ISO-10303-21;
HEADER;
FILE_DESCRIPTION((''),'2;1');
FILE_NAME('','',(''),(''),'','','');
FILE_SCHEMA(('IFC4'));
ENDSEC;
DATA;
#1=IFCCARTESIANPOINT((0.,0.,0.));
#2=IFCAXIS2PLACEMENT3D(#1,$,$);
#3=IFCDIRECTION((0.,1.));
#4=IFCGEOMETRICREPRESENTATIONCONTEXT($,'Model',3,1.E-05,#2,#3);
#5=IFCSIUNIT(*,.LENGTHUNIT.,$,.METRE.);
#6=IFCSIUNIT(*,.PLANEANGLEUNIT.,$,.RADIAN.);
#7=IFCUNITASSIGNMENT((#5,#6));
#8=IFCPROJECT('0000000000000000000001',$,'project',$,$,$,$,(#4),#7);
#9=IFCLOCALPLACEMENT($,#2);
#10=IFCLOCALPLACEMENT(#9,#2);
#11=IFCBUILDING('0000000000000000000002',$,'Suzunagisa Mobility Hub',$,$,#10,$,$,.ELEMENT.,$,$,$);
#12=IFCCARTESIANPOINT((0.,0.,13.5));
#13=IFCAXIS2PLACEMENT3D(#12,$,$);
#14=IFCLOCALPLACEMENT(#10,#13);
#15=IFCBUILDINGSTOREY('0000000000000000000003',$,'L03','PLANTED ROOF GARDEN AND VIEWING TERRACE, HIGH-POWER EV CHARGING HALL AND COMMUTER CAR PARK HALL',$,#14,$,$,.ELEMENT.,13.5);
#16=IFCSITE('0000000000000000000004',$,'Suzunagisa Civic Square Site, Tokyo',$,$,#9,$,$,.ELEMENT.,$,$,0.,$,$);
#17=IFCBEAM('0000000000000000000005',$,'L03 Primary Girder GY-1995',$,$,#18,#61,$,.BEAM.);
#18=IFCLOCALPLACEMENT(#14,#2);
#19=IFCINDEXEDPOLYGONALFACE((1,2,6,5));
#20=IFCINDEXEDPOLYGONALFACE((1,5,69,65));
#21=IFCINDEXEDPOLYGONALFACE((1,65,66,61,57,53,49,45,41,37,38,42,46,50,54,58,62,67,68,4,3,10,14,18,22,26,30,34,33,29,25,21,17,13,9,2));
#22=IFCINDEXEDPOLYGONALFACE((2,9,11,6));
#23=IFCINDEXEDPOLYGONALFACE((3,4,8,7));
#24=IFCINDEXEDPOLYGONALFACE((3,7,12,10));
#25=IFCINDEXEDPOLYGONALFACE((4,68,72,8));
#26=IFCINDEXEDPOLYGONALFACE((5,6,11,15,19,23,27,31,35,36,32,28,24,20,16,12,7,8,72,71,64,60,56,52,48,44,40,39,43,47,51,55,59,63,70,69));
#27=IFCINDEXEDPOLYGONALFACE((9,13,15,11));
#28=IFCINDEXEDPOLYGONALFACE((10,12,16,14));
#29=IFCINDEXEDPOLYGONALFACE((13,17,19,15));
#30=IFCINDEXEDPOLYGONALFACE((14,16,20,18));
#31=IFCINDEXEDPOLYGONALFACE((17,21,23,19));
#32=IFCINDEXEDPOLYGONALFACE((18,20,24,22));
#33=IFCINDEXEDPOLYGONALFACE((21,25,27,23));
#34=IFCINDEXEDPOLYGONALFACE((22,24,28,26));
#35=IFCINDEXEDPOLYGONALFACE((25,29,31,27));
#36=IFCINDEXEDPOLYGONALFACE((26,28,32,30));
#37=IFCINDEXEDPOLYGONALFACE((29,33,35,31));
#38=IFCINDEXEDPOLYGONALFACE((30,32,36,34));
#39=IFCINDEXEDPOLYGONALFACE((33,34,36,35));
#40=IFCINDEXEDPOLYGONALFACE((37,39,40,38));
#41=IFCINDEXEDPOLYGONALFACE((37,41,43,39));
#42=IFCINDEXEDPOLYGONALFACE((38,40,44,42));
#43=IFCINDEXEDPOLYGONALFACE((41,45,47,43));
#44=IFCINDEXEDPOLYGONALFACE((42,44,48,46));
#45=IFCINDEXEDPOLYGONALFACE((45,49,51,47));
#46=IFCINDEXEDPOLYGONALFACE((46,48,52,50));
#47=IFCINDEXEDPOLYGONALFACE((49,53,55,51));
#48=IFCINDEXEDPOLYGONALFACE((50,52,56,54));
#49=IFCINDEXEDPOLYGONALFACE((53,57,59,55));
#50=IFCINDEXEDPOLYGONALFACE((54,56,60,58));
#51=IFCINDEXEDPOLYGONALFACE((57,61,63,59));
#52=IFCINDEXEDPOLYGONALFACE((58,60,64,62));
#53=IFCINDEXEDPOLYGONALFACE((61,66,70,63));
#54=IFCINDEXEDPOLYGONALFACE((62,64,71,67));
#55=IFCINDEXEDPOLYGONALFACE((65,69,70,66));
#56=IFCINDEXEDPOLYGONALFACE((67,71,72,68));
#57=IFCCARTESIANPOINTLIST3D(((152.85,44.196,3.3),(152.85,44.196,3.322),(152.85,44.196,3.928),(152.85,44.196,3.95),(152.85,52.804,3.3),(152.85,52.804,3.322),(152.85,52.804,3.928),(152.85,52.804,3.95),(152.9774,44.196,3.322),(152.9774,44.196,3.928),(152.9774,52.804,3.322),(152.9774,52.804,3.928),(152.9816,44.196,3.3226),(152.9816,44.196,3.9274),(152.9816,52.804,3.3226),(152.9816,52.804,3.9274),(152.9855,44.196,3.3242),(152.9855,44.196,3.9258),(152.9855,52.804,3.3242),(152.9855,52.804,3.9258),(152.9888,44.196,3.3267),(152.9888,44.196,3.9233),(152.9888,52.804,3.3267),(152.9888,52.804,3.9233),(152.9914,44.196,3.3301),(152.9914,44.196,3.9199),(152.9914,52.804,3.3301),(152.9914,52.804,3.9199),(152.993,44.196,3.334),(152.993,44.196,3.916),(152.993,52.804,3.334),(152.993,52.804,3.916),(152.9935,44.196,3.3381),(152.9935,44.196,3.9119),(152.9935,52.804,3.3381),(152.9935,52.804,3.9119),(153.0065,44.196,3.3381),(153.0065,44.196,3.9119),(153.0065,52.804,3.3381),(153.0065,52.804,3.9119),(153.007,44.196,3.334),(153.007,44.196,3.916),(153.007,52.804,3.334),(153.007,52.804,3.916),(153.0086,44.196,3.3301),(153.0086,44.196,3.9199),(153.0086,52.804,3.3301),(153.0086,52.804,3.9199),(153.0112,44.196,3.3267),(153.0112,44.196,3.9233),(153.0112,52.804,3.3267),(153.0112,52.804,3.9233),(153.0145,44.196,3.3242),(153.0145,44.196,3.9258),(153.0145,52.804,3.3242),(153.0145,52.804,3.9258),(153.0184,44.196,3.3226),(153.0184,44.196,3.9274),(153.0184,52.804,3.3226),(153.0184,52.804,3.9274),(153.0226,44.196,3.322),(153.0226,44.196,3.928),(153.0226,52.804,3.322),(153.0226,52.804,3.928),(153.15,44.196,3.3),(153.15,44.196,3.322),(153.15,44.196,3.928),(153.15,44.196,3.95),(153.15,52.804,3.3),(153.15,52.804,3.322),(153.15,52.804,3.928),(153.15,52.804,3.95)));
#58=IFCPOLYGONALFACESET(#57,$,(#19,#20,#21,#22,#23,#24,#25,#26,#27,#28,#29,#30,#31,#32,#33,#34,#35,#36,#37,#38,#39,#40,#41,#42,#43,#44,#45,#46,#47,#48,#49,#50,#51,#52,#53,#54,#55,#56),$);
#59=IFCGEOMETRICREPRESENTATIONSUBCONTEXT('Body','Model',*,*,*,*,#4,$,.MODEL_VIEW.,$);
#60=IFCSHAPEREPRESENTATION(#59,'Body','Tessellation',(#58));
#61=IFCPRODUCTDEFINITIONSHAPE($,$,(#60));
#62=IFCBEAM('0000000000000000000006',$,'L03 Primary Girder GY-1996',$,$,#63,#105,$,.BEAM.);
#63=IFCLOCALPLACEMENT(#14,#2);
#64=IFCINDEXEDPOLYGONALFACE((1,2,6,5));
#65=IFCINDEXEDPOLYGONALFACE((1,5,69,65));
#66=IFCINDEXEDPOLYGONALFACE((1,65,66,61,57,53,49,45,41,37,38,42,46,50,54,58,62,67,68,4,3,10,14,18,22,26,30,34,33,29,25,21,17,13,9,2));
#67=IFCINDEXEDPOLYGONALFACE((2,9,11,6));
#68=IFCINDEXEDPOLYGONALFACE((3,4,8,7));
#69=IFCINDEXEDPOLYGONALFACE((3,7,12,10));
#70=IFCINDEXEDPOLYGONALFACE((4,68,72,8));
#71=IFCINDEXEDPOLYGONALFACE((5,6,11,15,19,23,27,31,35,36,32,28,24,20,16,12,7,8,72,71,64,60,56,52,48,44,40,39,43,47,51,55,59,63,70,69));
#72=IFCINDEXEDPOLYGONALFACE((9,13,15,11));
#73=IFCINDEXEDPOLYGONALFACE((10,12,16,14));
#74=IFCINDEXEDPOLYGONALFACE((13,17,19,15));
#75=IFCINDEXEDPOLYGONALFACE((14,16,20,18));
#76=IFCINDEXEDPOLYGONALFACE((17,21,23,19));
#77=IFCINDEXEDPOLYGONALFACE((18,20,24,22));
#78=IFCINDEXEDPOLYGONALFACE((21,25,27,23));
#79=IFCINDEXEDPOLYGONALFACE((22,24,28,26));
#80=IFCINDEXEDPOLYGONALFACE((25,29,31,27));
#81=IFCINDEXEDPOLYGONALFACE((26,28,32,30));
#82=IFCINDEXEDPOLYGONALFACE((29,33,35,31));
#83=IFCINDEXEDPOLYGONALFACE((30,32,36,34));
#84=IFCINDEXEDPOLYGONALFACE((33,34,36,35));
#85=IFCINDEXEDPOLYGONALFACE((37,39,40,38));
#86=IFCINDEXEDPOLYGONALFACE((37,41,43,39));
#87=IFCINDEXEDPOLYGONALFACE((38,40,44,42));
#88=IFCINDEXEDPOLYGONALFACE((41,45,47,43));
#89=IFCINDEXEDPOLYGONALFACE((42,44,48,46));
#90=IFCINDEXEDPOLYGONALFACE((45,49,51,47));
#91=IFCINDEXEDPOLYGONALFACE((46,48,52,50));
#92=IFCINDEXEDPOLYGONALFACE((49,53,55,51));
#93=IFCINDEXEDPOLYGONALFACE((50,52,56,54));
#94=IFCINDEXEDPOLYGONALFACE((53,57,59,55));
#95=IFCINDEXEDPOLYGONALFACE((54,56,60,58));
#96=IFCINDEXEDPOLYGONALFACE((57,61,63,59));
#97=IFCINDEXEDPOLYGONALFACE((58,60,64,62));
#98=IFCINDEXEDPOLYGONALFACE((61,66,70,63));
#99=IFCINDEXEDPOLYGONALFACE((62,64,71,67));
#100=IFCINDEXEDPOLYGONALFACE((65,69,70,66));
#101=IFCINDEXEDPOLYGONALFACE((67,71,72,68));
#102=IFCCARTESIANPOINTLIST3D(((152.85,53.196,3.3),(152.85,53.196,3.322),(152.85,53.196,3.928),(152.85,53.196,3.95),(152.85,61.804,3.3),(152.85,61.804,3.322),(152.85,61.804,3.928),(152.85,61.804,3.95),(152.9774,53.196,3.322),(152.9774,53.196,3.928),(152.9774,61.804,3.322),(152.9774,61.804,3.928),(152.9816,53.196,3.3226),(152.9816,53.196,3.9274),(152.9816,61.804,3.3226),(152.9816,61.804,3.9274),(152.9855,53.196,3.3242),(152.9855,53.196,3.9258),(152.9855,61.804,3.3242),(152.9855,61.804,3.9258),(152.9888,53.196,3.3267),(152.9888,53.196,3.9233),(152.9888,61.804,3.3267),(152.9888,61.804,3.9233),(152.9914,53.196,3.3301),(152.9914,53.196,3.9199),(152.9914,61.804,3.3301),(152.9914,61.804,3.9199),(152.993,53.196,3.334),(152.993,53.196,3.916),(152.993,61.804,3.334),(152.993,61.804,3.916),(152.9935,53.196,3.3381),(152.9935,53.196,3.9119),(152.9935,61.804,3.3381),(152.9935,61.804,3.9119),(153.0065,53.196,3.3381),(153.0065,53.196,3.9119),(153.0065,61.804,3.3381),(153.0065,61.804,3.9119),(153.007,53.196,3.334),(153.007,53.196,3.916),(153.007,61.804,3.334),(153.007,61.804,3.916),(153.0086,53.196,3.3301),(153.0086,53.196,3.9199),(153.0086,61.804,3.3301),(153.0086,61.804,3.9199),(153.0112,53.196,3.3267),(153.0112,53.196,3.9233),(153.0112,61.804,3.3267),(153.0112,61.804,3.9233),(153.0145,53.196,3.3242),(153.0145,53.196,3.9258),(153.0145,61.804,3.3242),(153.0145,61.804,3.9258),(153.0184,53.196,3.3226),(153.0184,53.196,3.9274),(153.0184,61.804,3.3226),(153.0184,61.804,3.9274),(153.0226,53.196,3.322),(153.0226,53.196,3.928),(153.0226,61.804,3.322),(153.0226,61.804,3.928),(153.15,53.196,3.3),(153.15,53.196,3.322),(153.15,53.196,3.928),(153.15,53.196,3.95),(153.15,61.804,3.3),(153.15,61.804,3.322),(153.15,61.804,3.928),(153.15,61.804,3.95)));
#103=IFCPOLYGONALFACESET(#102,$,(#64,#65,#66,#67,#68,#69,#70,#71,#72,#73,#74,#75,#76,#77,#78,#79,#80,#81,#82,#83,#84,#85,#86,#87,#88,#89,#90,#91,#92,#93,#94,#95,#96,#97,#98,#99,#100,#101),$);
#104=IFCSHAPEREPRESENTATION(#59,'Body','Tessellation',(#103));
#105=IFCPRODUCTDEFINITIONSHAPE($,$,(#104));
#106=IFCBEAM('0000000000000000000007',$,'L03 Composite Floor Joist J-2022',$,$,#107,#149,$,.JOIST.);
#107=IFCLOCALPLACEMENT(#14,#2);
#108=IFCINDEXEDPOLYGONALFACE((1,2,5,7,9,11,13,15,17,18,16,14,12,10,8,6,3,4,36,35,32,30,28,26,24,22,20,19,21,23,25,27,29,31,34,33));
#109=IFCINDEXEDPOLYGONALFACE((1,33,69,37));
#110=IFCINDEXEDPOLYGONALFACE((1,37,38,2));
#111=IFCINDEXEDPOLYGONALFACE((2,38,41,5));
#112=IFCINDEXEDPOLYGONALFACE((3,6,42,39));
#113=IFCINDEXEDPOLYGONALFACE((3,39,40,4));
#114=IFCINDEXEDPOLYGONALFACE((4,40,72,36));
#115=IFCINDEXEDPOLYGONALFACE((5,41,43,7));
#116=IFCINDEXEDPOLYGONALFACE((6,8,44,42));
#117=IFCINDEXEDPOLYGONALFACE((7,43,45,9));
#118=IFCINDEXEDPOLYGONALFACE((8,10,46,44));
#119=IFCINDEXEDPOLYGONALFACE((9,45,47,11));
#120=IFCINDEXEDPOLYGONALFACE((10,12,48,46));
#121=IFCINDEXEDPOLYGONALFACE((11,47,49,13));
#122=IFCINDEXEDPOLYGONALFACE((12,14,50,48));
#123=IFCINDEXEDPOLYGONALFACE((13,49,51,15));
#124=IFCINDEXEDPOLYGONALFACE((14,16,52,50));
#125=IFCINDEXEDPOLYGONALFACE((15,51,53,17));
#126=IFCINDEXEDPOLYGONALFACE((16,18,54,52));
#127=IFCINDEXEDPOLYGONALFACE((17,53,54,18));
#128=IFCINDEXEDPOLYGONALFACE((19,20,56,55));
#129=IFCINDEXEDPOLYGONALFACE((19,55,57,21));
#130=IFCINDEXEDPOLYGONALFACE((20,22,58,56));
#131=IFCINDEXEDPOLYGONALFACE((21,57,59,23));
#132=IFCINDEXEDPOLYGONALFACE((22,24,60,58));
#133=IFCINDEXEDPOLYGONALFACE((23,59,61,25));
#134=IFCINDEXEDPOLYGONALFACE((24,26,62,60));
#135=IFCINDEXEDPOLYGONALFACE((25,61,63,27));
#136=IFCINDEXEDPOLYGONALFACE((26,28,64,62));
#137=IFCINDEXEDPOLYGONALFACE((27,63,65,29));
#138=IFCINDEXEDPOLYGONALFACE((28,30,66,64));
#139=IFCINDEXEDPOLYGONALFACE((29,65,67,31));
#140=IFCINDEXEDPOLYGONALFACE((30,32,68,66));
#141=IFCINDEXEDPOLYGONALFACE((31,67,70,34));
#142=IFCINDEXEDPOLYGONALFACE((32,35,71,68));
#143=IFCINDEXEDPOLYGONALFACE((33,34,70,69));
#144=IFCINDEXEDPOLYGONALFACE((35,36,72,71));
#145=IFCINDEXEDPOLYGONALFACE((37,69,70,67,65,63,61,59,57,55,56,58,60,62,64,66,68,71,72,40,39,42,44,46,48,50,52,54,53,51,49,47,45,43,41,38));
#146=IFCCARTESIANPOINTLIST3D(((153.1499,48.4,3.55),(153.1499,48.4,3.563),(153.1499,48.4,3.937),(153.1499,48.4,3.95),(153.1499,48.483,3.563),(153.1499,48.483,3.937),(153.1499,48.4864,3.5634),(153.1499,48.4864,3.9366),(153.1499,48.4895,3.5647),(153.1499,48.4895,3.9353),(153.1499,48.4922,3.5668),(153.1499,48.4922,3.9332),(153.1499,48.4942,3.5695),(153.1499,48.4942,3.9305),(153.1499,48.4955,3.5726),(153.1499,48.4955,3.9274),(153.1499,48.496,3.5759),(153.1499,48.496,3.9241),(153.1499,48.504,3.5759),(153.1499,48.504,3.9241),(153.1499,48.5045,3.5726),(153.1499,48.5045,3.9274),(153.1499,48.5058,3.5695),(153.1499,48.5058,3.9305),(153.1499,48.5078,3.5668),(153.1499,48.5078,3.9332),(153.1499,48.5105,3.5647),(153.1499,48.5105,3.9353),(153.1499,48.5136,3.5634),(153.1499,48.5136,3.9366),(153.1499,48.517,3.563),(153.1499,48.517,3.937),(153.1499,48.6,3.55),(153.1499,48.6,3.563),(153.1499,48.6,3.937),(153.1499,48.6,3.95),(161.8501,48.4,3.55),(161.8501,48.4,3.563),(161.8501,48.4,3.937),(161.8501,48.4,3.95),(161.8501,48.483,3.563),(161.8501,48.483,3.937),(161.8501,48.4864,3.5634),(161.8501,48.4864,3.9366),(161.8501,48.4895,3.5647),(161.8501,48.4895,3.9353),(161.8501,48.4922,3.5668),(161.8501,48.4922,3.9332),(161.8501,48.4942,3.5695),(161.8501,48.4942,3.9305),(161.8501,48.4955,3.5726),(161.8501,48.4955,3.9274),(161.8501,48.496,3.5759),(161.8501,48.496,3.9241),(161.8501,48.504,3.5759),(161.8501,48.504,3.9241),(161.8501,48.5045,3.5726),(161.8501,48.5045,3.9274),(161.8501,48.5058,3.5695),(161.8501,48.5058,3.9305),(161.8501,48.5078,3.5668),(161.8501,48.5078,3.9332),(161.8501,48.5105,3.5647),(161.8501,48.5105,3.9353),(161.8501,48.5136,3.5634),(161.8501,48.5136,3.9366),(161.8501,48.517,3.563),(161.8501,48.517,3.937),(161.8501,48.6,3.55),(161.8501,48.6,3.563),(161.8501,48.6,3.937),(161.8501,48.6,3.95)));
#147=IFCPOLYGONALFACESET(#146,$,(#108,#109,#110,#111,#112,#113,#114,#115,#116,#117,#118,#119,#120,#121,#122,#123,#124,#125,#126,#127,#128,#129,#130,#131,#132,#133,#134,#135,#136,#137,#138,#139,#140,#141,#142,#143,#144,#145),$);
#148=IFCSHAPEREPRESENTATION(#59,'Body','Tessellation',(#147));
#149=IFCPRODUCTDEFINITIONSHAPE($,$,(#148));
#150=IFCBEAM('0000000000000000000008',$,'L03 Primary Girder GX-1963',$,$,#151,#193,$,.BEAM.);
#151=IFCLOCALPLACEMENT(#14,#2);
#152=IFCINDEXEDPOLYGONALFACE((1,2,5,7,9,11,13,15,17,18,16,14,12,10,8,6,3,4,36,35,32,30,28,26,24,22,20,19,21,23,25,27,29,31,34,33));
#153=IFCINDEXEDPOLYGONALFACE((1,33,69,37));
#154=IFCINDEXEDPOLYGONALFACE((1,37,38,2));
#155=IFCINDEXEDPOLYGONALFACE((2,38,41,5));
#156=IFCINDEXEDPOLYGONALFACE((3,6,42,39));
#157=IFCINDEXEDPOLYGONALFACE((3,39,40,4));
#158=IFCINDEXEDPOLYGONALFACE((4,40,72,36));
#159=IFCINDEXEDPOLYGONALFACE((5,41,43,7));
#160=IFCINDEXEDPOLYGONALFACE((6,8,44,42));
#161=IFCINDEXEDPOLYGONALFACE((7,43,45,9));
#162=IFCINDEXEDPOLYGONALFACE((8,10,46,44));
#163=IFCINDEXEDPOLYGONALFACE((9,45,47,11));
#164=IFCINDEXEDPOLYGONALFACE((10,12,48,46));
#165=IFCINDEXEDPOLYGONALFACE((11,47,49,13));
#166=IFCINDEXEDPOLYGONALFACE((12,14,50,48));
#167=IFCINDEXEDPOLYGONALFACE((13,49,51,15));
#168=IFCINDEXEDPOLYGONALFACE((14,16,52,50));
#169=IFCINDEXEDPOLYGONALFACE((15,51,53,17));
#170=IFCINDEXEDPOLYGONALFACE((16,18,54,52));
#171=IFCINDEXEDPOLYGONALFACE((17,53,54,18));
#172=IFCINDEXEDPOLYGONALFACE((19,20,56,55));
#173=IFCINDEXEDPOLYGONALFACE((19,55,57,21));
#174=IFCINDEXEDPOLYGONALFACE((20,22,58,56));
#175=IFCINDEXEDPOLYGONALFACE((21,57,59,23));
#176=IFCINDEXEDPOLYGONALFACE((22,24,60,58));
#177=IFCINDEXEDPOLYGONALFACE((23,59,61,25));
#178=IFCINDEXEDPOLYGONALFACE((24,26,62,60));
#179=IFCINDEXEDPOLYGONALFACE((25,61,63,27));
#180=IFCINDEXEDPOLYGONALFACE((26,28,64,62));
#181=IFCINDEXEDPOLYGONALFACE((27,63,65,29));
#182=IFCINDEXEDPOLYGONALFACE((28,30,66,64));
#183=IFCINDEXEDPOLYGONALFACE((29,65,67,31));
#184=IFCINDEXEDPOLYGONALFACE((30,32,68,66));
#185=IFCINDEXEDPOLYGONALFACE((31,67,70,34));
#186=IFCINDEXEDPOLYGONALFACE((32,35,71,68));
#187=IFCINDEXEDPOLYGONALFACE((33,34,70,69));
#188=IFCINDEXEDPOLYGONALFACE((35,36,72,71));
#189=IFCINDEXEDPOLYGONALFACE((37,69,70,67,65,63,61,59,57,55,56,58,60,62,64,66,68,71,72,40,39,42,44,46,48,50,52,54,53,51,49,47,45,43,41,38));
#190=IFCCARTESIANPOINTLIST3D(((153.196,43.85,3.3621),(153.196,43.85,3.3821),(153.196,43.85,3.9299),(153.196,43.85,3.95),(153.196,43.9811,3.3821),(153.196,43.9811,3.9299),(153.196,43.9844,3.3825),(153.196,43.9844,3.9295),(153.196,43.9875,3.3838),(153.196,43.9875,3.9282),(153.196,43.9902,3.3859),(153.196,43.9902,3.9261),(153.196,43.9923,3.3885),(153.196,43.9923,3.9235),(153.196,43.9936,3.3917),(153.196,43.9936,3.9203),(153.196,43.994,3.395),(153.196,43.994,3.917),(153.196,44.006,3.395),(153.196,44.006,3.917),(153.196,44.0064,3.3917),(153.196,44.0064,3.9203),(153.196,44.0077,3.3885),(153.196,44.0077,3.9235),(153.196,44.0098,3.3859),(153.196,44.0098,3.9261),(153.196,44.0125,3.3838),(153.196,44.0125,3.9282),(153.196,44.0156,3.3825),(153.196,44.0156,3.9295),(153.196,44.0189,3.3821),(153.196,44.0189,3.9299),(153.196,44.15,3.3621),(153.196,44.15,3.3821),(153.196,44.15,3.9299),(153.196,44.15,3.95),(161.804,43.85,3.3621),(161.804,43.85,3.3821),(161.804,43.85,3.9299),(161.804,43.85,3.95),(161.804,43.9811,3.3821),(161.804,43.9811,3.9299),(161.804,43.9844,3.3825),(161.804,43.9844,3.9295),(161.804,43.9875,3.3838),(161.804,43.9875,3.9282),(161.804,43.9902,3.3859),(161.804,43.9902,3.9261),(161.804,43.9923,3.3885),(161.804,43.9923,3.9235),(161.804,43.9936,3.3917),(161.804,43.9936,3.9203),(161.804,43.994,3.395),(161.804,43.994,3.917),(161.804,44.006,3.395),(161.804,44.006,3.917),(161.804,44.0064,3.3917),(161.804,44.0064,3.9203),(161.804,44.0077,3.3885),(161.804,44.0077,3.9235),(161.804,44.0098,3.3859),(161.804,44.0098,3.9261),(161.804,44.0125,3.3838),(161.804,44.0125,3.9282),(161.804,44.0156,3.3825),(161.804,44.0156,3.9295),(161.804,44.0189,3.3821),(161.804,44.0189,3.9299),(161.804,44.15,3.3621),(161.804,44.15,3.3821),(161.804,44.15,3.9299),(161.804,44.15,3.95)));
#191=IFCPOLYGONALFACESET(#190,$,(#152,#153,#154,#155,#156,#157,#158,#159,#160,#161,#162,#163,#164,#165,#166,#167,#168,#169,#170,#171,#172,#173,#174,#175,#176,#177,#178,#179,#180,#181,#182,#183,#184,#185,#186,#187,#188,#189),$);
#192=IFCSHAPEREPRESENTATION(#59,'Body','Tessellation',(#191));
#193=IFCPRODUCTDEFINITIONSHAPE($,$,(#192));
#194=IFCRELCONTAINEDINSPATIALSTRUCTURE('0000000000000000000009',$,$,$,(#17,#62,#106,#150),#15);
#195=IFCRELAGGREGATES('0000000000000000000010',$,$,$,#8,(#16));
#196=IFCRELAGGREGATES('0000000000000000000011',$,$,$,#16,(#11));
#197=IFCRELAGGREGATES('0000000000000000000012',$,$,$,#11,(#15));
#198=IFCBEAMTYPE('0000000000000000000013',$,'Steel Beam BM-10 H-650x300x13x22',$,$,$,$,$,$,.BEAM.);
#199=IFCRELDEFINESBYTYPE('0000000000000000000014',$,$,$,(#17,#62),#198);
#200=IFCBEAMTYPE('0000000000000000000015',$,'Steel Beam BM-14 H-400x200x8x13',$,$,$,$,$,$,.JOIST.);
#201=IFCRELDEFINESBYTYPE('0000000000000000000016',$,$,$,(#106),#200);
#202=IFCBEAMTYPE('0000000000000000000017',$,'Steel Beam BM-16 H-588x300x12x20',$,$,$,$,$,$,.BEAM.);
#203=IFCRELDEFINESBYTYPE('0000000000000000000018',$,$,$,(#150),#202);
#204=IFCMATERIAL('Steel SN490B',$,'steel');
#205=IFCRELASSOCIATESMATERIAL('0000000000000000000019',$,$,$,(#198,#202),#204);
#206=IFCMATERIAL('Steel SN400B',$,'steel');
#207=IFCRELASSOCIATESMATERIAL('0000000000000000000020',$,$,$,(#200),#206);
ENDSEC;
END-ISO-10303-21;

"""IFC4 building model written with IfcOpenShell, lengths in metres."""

from ifc_helpers import new_model, si_unit, direction, frame, origin, origin_2d, place, context, subcontext, project, spatial, i_section, extrude, material, material_profile, profile_set, type_object, element, save


model = new_model("IFC4")

# Units and contexts
model_context = context("Model", 3, precision=1e-05, world=origin(), true_north=direction((0.0, 1.0)))
body_context = subcontext(model_context, "Body", "Model", "MODEL_VIEW")
ifc_project = project(units=[si_unit("LENGTHUNIT", "METRE"), si_unit("PLANEANGLEUNIT", "RADIAN")], contexts=[model_context])

# Site, building, storey
site_placement = place(None, origin())
site = spatial("IfcSite", under=ifc_project, at=site_placement, Name="Suzunagisa Civic Square Site, Tokyo", CompositionType="ELEMENT", RefElevation=0.0)
building_placement = place(site_placement, origin())
building = spatial("IfcBuilding", under=site, at=building_placement, Name="Suzunagisa Mobility Hub", CompositionType="ELEMENT")
storey_placement = place(building_placement, frame((0.0, 0.0, 13.5)))
storey = spatial("IfcBuildingStorey", under=building, at=storey_placement, Name="L03", Description="PLANTED ROOF GARDEN AND VIEWING TERRACE, HIGH-POWER EV CHARGING HALL AND COMMUTER CAR PARK HALL", CompositionType="ELEMENT", Elevation=13.5)

# Shared definitions
ifc_material_1 = material(Name="Steel SN490B", Category="steel")

# Beams
ifc_material_profile_1 = material_profile(ifc_material_1, i_section(OverallWidth=0.3, OverallDepth=0.6499, WebThickness=0.0129, FlangeThickness=0.022, FilletRadius=0.0161, at=origin_2d()), Name="H-650x300x13x22")
ifc_profile_set_1 = profile_set([ifc_material_profile_1], Name="Steel SN490B")
beam_type_1 = type_object("IfcBeamType", Name="Steel Beam BM-10 H-650x300x13x22", PredefinedType="BEAM", material=ifc_profile_set_1)
for number, where, z_axis, x_axis, name in (
    (1, (153.0, 44.196, 3.625), (0.0, 1.0, 0.0), (-1.0, 0.0, 0.0), "L03 Primary Girder GY-1995"),
    (2, (153.0, 53.196, 3.625), (0.0, 1.0, 0.0), (-1.0, 0.0, 0.0), "L03 Primary Girder GY-1996"),
):
    element("IfcBeam", number, at=place(storey_placement, frame(where, z_axis=z_axis, x_axis=x_axis)), inside=storey, type_object=beam_type_1, Name=name, PredefinedType="BEAM", context=body_context, shape_type="SweptSolid", body=[
        extrude(i_section(OverallWidth=0.3, OverallDepth=0.6499, WebThickness=0.0129, FlangeThickness=0.022, FilletRadius=0.0161, at=origin_2d()), origin(), (0.0, 0.0, 1.0), 8.6079),
    ])
ifc_material_2 = material(Name="Steel SN400B", Category="steel")
ifc_material_profile_2 = material_profile(ifc_material_2, i_section(OverallWidth=0.2, OverallDepth=0.3999, WebThickness=0.0081, FlangeThickness=0.0129, FilletRadius=0.0129, at=origin_2d()), Name="H-400x200x8x13")
ifc_profile_set_2 = profile_set([ifc_material_profile_2], Name="Steel SN400B")
beam_type_2 = type_object("IfcBeamType", Name="Steel Beam BM-14 H-400x200x8x13", PredefinedType="JOIST", material=ifc_profile_set_2)
beam_placement = place(storey_placement, frame((153.1499, 48.5, 3.75), z_axis=(1.0, 0.0, 0.0), x_axis=(0.0, 1.0, 0.0)))
element("IfcBeam", 3, at=beam_placement, inside=storey, type_object=beam_type_2, Name="L03 Composite Floor Joist J-2022", PredefinedType="JOIST", context=body_context, shape_type="SweptSolid", body=[
    extrude(i_section(OverallWidth=0.2, OverallDepth=0.3999, WebThickness=0.0081, FlangeThickness=0.0129, FilletRadius=0.0129, at=origin_2d()), origin(), (0.0, 0.0, 1.0), 8.7002),
])
ifc_material_profile_3 = material_profile(ifc_material_1, i_section(OverallWidth=0.3, OverallDepth=0.5879, WebThickness=0.012, FlangeThickness=0.02, FilletRadius=0.0129, at=origin_2d()), Name="H-588x300x12x20")
ifc_profile_set_3 = profile_set([ifc_material_profile_3], Name="Steel SN490B")
beam_type_3 = type_object("IfcBeamType", Name="Steel Beam BM-16 H-588x300x12x20", PredefinedType="BEAM", material=ifc_profile_set_3)
for number, where, z_axis, x_axis, name in (
    (4, (153.196, 44.0, 3.656), (1.0, 0.0, 0.0), (0.0, 1.0, 0.0), "L03 Primary Girder GX-1963"),
):
    element("IfcBeam", number, at=place(storey_placement, frame(where, z_axis=z_axis, x_axis=x_axis)), inside=storey, type_object=beam_type_3, Name=name, PredefinedType="BEAM", context=body_context, shape_type="SweptSolid", body=[
        extrude(i_section(OverallWidth=0.3, OverallDepth=0.5879, WebThickness=0.012, FlangeThickness=0.02, FilletRadius=0.0129, at=origin_2d()), origin(), (0.0, 0.0, 1.0), 8.6079),
    ])

save(model, "model.ifc")
